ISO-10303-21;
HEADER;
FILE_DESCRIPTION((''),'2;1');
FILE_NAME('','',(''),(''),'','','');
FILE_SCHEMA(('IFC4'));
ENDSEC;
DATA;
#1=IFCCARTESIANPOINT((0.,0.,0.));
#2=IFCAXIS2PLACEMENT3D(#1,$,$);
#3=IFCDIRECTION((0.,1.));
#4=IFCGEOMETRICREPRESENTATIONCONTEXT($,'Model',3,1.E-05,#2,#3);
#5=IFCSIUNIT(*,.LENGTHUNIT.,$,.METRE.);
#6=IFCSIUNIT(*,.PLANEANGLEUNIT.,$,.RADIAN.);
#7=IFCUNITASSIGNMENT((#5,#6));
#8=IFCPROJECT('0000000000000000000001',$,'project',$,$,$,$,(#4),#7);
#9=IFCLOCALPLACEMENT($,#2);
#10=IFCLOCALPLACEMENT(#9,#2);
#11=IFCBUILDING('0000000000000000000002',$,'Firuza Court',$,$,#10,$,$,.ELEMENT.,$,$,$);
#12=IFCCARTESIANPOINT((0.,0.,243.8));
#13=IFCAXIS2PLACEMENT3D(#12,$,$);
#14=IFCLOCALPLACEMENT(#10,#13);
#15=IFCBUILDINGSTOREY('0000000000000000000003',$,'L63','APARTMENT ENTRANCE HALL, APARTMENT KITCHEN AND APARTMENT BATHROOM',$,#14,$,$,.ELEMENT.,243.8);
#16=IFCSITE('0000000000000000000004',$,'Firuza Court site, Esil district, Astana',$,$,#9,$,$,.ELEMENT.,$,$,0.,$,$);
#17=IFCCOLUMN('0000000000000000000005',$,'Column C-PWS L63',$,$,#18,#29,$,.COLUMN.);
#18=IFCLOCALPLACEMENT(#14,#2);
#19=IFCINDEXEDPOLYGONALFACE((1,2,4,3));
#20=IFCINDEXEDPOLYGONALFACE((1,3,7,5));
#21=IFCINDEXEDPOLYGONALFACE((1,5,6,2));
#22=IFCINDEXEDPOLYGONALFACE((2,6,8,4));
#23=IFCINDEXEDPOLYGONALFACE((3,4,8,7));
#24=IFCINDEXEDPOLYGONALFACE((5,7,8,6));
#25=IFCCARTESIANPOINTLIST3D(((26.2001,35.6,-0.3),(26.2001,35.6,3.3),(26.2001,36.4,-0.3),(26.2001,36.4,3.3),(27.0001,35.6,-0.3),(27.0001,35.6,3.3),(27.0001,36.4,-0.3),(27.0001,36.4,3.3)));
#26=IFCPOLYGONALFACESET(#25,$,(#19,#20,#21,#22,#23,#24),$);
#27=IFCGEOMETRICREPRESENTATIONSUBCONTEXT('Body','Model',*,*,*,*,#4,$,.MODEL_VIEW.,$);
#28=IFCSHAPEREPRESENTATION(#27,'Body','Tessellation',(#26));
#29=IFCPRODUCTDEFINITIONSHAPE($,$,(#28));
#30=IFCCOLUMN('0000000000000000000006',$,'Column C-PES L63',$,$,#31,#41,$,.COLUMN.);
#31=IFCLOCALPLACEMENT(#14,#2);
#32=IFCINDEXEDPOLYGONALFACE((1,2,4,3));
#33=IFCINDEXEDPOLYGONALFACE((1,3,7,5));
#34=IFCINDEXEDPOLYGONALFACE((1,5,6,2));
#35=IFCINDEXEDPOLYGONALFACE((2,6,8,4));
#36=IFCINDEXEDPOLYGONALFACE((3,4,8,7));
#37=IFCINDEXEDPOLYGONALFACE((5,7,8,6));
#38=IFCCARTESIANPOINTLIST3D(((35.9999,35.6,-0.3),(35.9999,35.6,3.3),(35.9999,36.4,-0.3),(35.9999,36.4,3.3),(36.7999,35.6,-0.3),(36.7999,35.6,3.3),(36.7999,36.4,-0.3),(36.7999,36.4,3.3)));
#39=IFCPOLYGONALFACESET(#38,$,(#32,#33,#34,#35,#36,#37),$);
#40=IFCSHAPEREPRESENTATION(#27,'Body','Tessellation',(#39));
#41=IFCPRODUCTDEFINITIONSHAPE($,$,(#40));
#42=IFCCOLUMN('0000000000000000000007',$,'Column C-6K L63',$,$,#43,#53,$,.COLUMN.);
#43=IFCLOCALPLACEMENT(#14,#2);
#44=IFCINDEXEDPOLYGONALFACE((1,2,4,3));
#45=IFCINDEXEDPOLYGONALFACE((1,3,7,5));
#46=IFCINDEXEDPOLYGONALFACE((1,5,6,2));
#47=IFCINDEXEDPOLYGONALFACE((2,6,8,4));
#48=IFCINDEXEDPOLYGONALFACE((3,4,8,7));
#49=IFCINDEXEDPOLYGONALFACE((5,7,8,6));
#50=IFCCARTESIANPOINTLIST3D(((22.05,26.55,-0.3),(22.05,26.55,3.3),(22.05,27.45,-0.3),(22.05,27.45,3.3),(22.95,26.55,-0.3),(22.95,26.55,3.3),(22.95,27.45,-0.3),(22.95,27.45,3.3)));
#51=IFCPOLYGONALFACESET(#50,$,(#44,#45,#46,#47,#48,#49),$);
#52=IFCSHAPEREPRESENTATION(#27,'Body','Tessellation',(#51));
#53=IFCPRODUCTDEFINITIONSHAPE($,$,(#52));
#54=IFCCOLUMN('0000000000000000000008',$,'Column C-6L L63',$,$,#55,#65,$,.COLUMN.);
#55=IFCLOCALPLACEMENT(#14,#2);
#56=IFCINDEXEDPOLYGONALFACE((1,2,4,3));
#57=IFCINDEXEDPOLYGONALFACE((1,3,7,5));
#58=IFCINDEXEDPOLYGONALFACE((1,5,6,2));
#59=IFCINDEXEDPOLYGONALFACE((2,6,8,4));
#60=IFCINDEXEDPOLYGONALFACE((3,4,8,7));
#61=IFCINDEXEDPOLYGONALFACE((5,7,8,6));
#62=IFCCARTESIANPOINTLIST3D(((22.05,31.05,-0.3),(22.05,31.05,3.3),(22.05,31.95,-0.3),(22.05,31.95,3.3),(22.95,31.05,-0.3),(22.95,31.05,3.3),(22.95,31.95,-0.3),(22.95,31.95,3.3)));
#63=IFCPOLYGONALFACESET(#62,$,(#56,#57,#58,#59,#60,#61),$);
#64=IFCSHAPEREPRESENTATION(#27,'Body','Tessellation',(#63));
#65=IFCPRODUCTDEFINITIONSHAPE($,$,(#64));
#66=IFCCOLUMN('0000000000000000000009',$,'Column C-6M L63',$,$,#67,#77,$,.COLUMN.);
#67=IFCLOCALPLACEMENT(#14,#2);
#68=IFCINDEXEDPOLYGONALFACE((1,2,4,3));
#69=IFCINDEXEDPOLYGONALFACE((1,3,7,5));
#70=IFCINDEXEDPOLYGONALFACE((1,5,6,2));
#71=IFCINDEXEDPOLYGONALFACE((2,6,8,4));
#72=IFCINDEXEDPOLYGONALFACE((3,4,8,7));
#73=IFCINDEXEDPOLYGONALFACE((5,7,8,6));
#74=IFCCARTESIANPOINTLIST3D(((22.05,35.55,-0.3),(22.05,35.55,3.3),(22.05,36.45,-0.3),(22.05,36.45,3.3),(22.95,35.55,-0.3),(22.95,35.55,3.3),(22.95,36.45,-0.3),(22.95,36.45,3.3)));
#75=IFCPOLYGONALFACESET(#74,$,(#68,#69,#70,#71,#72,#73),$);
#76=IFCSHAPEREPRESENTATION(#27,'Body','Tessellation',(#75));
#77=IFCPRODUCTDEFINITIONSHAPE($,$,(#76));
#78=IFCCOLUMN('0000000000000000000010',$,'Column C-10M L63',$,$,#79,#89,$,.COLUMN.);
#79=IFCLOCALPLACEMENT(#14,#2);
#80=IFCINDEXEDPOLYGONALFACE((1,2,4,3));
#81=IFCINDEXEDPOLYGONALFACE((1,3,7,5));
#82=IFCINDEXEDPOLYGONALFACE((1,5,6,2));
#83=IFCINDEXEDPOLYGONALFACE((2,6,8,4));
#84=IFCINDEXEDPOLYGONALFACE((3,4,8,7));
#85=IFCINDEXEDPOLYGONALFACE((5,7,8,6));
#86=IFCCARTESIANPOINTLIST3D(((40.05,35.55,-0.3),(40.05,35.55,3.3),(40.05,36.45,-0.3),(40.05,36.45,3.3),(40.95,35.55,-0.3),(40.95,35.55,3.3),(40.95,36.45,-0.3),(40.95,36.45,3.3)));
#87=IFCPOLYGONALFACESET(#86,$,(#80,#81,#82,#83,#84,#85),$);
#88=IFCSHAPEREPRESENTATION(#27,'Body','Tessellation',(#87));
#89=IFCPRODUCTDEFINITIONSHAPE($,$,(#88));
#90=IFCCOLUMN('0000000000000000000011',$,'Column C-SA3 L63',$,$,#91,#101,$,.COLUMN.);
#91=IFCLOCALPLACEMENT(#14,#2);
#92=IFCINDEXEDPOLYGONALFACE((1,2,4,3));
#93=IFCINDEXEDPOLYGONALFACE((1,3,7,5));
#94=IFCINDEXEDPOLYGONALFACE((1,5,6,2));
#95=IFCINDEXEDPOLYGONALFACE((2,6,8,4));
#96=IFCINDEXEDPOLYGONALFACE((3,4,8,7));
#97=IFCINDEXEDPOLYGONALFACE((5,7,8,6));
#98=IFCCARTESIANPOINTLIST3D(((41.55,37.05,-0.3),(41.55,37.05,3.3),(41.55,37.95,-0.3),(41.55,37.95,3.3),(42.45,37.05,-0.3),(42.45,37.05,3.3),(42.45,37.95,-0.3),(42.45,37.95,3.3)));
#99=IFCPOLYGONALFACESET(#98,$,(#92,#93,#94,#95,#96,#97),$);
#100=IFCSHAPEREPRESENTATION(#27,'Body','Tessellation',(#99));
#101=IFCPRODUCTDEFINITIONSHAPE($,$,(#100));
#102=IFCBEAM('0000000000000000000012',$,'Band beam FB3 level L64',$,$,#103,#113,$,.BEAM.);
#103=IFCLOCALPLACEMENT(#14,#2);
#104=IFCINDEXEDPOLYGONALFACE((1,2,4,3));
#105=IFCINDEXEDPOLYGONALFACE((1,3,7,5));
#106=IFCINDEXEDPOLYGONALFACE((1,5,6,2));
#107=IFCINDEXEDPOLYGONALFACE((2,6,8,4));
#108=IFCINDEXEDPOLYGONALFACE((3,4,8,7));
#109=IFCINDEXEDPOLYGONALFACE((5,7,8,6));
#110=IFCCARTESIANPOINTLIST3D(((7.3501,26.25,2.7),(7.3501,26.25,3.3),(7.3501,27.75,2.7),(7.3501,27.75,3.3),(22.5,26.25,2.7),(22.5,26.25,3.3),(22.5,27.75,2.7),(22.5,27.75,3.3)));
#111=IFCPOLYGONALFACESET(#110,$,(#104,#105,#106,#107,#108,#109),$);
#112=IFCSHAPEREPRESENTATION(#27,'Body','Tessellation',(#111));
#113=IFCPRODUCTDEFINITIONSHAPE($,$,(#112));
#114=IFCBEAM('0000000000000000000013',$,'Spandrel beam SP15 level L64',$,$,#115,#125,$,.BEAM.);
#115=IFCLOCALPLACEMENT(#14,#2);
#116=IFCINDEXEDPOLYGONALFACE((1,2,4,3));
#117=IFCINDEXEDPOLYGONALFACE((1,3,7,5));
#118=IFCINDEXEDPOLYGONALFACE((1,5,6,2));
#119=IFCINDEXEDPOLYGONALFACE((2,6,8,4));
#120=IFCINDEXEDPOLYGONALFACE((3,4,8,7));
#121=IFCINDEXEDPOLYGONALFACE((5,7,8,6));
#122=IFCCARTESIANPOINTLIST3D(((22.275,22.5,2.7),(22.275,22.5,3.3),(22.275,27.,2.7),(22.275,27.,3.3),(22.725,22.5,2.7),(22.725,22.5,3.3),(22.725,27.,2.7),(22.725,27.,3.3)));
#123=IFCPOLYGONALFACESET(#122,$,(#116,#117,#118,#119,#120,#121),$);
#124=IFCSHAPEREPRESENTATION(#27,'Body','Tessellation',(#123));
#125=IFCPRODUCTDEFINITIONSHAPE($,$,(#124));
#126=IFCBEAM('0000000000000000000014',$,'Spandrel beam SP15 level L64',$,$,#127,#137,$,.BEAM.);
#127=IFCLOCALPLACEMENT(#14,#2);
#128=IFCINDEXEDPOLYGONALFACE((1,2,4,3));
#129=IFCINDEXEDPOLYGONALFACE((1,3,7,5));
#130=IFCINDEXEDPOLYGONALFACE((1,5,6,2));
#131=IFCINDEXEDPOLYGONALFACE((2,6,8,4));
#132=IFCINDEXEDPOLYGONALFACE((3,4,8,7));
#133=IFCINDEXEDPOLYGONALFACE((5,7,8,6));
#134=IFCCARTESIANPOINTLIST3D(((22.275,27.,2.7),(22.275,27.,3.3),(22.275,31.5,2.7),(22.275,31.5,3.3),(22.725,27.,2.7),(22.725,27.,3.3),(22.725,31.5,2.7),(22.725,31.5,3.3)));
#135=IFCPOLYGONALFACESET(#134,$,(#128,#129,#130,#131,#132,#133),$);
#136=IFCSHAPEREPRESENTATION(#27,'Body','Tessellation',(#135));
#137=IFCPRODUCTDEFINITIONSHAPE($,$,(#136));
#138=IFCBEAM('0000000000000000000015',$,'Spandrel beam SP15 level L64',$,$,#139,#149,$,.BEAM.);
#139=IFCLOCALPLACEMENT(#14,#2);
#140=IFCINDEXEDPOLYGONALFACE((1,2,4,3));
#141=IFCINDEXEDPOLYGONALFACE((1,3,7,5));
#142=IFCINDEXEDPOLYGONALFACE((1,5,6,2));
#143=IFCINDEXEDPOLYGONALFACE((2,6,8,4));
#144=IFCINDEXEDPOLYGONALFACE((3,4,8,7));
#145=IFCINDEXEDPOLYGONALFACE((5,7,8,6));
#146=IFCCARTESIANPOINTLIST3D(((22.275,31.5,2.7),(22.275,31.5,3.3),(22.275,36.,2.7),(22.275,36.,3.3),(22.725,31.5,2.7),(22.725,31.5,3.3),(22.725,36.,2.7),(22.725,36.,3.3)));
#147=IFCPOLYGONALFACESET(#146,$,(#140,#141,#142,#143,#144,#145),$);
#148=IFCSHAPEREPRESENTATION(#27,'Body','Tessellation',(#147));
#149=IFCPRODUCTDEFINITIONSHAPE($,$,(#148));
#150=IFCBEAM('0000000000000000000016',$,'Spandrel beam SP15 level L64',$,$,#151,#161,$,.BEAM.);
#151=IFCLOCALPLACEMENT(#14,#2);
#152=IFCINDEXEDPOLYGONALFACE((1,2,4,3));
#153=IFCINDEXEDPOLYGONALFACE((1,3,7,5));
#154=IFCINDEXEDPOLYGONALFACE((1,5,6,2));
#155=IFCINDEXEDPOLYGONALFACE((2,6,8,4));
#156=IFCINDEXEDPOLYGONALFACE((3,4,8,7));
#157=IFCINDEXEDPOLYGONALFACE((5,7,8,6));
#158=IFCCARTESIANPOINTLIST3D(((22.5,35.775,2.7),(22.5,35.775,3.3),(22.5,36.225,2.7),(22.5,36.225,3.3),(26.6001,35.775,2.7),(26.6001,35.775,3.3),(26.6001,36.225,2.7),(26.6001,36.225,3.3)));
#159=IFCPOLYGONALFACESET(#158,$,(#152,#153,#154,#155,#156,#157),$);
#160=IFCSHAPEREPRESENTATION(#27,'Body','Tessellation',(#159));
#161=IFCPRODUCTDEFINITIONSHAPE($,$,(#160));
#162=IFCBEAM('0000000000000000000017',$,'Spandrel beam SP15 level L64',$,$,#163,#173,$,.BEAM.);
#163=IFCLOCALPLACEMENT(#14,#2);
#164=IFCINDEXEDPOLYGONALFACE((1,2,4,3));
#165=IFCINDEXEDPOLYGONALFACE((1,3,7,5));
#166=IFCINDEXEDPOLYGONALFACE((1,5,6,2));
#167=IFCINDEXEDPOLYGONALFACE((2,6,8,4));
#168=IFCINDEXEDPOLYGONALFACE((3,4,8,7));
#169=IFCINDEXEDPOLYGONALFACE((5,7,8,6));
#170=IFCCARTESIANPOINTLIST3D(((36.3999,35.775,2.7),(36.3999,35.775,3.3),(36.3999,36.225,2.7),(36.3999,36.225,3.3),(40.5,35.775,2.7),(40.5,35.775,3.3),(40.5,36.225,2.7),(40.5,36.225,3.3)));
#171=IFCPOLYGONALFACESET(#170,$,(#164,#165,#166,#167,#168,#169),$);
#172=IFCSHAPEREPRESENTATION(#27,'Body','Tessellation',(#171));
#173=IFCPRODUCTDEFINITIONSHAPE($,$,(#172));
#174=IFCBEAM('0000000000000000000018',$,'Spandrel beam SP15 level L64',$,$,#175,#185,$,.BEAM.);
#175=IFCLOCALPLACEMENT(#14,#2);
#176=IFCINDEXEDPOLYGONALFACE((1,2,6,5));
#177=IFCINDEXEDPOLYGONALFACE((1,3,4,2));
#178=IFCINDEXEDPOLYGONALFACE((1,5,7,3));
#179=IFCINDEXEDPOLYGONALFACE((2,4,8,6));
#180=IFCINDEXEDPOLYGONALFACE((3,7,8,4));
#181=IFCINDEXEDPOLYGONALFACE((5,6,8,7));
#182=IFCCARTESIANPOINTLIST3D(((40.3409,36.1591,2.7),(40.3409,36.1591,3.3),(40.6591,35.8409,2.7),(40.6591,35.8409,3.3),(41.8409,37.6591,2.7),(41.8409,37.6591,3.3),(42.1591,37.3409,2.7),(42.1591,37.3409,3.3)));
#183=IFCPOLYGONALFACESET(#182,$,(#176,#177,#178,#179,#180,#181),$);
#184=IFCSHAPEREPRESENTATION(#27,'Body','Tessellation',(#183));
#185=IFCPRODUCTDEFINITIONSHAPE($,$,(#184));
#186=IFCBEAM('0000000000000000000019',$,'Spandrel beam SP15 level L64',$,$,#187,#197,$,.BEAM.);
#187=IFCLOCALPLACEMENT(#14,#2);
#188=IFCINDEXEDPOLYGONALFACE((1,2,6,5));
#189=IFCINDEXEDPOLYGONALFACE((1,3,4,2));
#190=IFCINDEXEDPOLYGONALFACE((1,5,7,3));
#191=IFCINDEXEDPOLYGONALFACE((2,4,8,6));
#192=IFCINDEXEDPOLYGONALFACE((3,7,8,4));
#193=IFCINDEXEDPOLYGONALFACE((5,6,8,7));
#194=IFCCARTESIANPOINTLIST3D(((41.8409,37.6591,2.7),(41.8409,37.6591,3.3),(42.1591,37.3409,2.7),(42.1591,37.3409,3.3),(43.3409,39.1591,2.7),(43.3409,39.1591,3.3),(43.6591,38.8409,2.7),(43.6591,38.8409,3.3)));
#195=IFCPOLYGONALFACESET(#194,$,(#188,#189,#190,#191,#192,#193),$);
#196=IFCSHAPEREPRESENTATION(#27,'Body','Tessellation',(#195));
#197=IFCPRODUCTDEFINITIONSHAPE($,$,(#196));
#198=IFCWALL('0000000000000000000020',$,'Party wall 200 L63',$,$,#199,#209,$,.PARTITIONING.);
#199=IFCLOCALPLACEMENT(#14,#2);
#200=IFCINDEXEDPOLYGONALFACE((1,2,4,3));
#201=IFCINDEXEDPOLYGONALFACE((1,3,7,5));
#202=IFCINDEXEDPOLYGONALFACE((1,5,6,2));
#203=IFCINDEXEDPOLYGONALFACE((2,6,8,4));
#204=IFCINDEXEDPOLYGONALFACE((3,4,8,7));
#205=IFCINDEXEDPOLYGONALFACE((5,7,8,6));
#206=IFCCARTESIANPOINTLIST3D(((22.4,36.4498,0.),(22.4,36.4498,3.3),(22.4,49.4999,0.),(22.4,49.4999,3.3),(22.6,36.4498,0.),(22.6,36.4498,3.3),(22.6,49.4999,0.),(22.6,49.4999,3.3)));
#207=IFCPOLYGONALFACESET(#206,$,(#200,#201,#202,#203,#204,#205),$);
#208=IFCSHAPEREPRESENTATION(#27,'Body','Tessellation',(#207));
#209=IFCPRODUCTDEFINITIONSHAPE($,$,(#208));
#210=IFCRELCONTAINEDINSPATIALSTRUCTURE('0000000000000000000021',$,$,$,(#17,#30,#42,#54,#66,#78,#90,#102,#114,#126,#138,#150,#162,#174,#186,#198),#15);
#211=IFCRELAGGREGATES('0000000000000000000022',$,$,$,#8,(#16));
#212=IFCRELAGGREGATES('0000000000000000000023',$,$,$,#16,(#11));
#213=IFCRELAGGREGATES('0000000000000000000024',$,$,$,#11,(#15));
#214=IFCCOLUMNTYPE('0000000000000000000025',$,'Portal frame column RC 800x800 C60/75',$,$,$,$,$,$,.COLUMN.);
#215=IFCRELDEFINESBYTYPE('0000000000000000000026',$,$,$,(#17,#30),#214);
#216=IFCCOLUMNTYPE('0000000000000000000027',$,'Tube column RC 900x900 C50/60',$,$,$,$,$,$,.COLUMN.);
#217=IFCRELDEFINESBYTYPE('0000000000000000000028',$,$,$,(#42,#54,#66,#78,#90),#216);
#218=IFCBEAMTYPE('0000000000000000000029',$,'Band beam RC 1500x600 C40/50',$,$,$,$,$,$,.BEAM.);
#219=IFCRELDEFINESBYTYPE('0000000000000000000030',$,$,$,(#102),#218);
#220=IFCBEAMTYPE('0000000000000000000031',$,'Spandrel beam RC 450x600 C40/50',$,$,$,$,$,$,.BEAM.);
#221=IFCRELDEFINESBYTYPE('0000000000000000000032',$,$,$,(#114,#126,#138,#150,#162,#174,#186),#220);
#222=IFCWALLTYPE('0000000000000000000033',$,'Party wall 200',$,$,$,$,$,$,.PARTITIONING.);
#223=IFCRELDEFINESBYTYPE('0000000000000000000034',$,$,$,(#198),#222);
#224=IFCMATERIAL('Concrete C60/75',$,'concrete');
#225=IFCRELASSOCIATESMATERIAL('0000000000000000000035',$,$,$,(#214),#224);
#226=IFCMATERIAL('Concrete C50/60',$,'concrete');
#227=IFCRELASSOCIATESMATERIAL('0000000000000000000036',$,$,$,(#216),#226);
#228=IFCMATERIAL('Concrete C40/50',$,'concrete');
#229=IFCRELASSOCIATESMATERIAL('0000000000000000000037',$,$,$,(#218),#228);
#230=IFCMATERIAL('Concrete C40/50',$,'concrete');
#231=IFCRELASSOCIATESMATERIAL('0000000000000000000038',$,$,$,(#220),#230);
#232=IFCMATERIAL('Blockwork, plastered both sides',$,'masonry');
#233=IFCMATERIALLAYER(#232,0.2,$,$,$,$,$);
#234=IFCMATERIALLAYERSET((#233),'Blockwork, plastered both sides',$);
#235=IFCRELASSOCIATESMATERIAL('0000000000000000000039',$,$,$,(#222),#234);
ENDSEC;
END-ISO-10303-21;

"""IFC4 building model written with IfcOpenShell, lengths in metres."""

from ifc_helpers import new_model, si_unit, direction, frame, frame_2d, origin, origin_2d, place, context, subcontext, project, spatial, rectangle, extrude, material, layer, layer_set, material_profile, profile_set, type_object, element, save


model = new_model("IFC4")

# Units and contexts
model_context = context("Model", 3, precision=1e-05, world=origin(), true_north=direction((0.0, 1.0)))
body_context = subcontext(model_context, "Body", "Model", "MODEL_VIEW")
ifc_project = project(units=[si_unit("LENGTHUNIT", "METRE"), si_unit("PLANEANGLEUNIT", "RADIAN")], contexts=[model_context])

# Site, building, storey
site_placement = place(None, origin())
site = spatial("IfcSite", under=ifc_project, at=site_placement, Name="Firuza Court site, Esil district, Astana", CompositionType="ELEMENT", RefElevation=0.0)
building_placement = place(site_placement, origin())
building = spatial("IfcBuilding", under=site, at=building_placement, Name="Firuza Court", CompositionType="ELEMENT")
storey_placement = place(building_placement, frame((0.0, 0.0, 243.8)))
storey = spatial("IfcBuildingStorey", under=building, at=storey_placement, Name="L63", Description="APARTMENT ENTRANCE HALL, APARTMENT KITCHEN AND APARTMENT BATHROOM", CompositionType="ELEMENT", Elevation=243.8)

# Columns
ifc_material_1 = material(Name="Concrete C60/75", Category="concrete")
ifc_material_profile_1 = material_profile(ifc_material_1, rectangle(XDim=0.8, YDim=0.8, at=origin_2d()), Name="RC 800x800")
ifc_profile_set_1 = profile_set([ifc_material_profile_1], Name="Concrete C60/75")
column_type_1 = type_object("IfcColumnType", Name="Portal frame column RC 800x800 C60/75", PredefinedType="COLUMN", material=ifc_profile_set_1)
for number, where, z_axis, x_axis, name in (
    (1, (26.6001, 36.0, -0.3), (0.0, 0.0, 1.0), (1.0, 0.0, 0.0), "Column C-PWS L63"),
    (2, (36.3999, 36.0, -0.3), (0.0, 0.0, 1.0), (1.0, 0.0, 0.0), "Column C-PES L63"),
):
    element("IfcColumn", number, at=place(storey_placement, frame(where, z_axis=z_axis, x_axis=x_axis)), inside=storey, type_object=column_type_1, Name=name, PredefinedType="COLUMN", context=body_context, shape_type="SweptSolid", body=[
        extrude(rectangle(XDim=0.8, YDim=0.8, at=origin_2d()), origin(), (0.0, 0.0, 1.0), 3.6001),
    ])
ifc_material_2 = material(Name="Concrete C50/60", Category="concrete")
ifc_material_profile_2 = material_profile(ifc_material_2, rectangle(XDim=0.8999, YDim=0.8999, at=origin_2d()), Name="RC 900x900")
ifc_profile_set_2 = profile_set([ifc_material_profile_2], Name="Concrete C50/60")
column_type_2 = type_object("IfcColumnType", Name="Tube column RC 900x900 C50/60", PredefinedType="COLUMN", material=ifc_profile_set_2)
for number, where, z_axis, x_axis, name in (
    (3, (22.5, 27.0, -0.3), (0.0, 0.0, 1.0), (1.0, 0.0, 0.0), "Column C-6K L63"),
    (4, (22.5, 31.5, -0.3), (0.0, 0.0, 1.0), (1.0, 0.0, 0.0), "Column C-6L L63"),
    (5, (22.5, 36.0, -0.3), (0.0, 0.0, 1.0), (1.0, 0.0, 0.0), "Column C-6M L63"),
    (6, (40.5, 36.0, -0.3), (0.0, 0.0, 1.0), (1.0, 0.0, 0.0), "Column C-10M L63"),
    (7, (42.0, 37.5, -0.3), (0.0, 0.0, 1.0), (1.0, 0.0, 0.0), "Column C-SA3 L63"),
):
    element("IfcColumn", number, at=place(storey_placement, frame(where, z_axis=z_axis, x_axis=x_axis)), inside=storey, type_object=column_type_2, Name=name, PredefinedType="COLUMN", context=body_context, shape_type="SweptSolid", body=[
        extrude(rectangle(XDim=0.8999, YDim=0.8999, at=origin_2d()), origin(), (0.0, 0.0, 1.0), 3.6001),
    ])

# Beams
ifc_material_3 = material(Name="Concrete C40/50", Category="concrete")
ifc_material_profile_3 = material_profile(ifc_material_3, rectangle(XDim=1.5, YDim=0.6001, at=origin_2d()), Name="RC 1500x600")
ifc_profile_set_3 = profile_set([ifc_material_profile_3], Name="Concrete C40/50")
beam_type_1 = type_object("IfcBeamType", Name="Band beam RC 1500x600 C40/50", PredefinedType="BEAM", material=ifc_profile_set_3)
beam_placement = place(storey_placement, frame((22.5, 27.0, 3.0), z_axis=(-1.0, 0.0, 0.0), x_axis=(0.0, -1.0, 0.0)))
element("IfcBeam", 8, at=beam_placement, inside=storey, type_object=beam_type_1, Name="Band beam FB3 level L64", PredefinedType="BEAM", context=body_context, shape_type="SweptSolid", body=[
    extrude(rectangle(XDim=1.5, YDim=0.6001, at=origin_2d()), origin(), (0.0, 0.0, 1.0), 15.1499),
])
ifc_material_4 = material(Name="Concrete C40/50", Category="concrete")
ifc_material_profile_4 = material_profile(ifc_material_4, rectangle(XDim=0.45, YDim=0.6001, at=origin_2d()), Name="RC 450x600")
ifc_profile_set_4 = profile_set([ifc_material_profile_4], Name="Concrete C40/50")
beam_type_2 = type_object("IfcBeamType", Name="Spandrel beam RC 450x600 C40/50", PredefinedType="BEAM", material=ifc_profile_set_4)
for number, where, z_axis, x_axis, name in (
    (9, (22.5, 22.5, 3.0), (0.0, 1.0, 0.0), (-1.0, 0.0, 0.0), "Spandrel beam SP15 level L64"),
    (10, (22.5, 27.0, 3.0), (0.0, 1.0, 0.0), (-1.0, 0.0, 0.0), "Spandrel beam SP15 level L64"),
    (11, (22.5, 31.5, 3.0), (0.0, 1.0, 0.0), (-1.0, 0.0, 0.0), "Spandrel beam SP15 level L64"),
):
    element("IfcBeam", number, at=place(storey_placement, frame(where, z_axis=z_axis, x_axis=x_axis)), inside=storey, type_object=beam_type_2, Name=name, PredefinedType="BEAM", context=body_context, shape_type="SweptSolid", body=[
        extrude(rectangle(XDim=0.45, YDim=0.6001, at=origin_2d()), origin(), (0.0, 0.0, 1.0), 4.5),
    ])
for number, where, z_axis, x_axis, name in (
    (12, (22.5, 36.0, 3.0), (1.0, 0.0, 0.0), (0.0, 1.0, 0.0), "Spandrel beam SP15 level L64"),
    (13, (36.3999, 36.0, 3.0), (1.0, 0.0, 0.0), (0.0, 1.0, 0.0), "Spandrel beam SP15 level L64"),
):
    element("IfcBeam", number, at=place(storey_placement, frame(where, z_axis=z_axis, x_axis=x_axis)), inside=storey, type_object=beam_type_2, Name=name, PredefinedType="BEAM", context=body_context, shape_type="SweptSolid", body=[
        extrude(rectangle(XDim=0.45, YDim=0.6001, at=origin_2d()), origin(), (0.0, 0.0, 1.0), 4.1001),
    ])
for number, where, z_axis, x_axis, name in (
    (14, (40.5, 36.0, 3.0), (0.707107, 0.707107, 0.0), (-0.707107, 0.707107, 0.0), "Spandrel beam SP15 level L64"),
    (15, (42.0, 37.5, 3.0), (0.707107, 0.707107, 0.0), (-0.707107, 0.707107, 0.0), "Spandrel beam SP15 level L64"),
):
    element("IfcBeam", number, at=place(storey_placement, frame(where, z_axis=z_axis, x_axis=x_axis)), inside=storey, type_object=beam_type_2, Name=name, PredefinedType="BEAM", context=body_context, shape_type="SweptSolid", body=[
        extrude(rectangle(XDim=0.45, YDim=0.6001, at=origin_2d()), origin(), (0.0, 0.0, 1.0), 2.1213),
    ])

# Wall
ifc_material_5 = material(Name="Blockwork, plastered both sides", Category="masonry")
ifc_layer_1 = layer(ifc_material_5, 0.2)
ifc_layer_set_1 = layer_set([ifc_layer_1], Name="Blockwork, plastered both sides")
wall_type_1 = type_object("IfcWallType", Name="Party wall 200", PredefinedType="PARTITIONING", material=ifc_layer_set_1)
wall_1_placement = place(storey_placement, frame((22.5, 36.45, 0.0), z_axis=(0.0, 0.0, 1.0), x_axis=(0.0, 1.0, 0.0)))
element("IfcWall", 16, at=wall_1_placement, inside=storey, type_object=wall_type_1, Name="Party wall 200 L63", PredefinedType="PARTITIONING", context=body_context, shape_type="SweptSolid", body=[
    extrude(rectangle(XDim=13.05, YDim=0.2, at=frame_2d((6.5249, 0.0))), origin(), (0.0, 0.0, 1.0), 3.3),
])

save(model, "model.ifc")
